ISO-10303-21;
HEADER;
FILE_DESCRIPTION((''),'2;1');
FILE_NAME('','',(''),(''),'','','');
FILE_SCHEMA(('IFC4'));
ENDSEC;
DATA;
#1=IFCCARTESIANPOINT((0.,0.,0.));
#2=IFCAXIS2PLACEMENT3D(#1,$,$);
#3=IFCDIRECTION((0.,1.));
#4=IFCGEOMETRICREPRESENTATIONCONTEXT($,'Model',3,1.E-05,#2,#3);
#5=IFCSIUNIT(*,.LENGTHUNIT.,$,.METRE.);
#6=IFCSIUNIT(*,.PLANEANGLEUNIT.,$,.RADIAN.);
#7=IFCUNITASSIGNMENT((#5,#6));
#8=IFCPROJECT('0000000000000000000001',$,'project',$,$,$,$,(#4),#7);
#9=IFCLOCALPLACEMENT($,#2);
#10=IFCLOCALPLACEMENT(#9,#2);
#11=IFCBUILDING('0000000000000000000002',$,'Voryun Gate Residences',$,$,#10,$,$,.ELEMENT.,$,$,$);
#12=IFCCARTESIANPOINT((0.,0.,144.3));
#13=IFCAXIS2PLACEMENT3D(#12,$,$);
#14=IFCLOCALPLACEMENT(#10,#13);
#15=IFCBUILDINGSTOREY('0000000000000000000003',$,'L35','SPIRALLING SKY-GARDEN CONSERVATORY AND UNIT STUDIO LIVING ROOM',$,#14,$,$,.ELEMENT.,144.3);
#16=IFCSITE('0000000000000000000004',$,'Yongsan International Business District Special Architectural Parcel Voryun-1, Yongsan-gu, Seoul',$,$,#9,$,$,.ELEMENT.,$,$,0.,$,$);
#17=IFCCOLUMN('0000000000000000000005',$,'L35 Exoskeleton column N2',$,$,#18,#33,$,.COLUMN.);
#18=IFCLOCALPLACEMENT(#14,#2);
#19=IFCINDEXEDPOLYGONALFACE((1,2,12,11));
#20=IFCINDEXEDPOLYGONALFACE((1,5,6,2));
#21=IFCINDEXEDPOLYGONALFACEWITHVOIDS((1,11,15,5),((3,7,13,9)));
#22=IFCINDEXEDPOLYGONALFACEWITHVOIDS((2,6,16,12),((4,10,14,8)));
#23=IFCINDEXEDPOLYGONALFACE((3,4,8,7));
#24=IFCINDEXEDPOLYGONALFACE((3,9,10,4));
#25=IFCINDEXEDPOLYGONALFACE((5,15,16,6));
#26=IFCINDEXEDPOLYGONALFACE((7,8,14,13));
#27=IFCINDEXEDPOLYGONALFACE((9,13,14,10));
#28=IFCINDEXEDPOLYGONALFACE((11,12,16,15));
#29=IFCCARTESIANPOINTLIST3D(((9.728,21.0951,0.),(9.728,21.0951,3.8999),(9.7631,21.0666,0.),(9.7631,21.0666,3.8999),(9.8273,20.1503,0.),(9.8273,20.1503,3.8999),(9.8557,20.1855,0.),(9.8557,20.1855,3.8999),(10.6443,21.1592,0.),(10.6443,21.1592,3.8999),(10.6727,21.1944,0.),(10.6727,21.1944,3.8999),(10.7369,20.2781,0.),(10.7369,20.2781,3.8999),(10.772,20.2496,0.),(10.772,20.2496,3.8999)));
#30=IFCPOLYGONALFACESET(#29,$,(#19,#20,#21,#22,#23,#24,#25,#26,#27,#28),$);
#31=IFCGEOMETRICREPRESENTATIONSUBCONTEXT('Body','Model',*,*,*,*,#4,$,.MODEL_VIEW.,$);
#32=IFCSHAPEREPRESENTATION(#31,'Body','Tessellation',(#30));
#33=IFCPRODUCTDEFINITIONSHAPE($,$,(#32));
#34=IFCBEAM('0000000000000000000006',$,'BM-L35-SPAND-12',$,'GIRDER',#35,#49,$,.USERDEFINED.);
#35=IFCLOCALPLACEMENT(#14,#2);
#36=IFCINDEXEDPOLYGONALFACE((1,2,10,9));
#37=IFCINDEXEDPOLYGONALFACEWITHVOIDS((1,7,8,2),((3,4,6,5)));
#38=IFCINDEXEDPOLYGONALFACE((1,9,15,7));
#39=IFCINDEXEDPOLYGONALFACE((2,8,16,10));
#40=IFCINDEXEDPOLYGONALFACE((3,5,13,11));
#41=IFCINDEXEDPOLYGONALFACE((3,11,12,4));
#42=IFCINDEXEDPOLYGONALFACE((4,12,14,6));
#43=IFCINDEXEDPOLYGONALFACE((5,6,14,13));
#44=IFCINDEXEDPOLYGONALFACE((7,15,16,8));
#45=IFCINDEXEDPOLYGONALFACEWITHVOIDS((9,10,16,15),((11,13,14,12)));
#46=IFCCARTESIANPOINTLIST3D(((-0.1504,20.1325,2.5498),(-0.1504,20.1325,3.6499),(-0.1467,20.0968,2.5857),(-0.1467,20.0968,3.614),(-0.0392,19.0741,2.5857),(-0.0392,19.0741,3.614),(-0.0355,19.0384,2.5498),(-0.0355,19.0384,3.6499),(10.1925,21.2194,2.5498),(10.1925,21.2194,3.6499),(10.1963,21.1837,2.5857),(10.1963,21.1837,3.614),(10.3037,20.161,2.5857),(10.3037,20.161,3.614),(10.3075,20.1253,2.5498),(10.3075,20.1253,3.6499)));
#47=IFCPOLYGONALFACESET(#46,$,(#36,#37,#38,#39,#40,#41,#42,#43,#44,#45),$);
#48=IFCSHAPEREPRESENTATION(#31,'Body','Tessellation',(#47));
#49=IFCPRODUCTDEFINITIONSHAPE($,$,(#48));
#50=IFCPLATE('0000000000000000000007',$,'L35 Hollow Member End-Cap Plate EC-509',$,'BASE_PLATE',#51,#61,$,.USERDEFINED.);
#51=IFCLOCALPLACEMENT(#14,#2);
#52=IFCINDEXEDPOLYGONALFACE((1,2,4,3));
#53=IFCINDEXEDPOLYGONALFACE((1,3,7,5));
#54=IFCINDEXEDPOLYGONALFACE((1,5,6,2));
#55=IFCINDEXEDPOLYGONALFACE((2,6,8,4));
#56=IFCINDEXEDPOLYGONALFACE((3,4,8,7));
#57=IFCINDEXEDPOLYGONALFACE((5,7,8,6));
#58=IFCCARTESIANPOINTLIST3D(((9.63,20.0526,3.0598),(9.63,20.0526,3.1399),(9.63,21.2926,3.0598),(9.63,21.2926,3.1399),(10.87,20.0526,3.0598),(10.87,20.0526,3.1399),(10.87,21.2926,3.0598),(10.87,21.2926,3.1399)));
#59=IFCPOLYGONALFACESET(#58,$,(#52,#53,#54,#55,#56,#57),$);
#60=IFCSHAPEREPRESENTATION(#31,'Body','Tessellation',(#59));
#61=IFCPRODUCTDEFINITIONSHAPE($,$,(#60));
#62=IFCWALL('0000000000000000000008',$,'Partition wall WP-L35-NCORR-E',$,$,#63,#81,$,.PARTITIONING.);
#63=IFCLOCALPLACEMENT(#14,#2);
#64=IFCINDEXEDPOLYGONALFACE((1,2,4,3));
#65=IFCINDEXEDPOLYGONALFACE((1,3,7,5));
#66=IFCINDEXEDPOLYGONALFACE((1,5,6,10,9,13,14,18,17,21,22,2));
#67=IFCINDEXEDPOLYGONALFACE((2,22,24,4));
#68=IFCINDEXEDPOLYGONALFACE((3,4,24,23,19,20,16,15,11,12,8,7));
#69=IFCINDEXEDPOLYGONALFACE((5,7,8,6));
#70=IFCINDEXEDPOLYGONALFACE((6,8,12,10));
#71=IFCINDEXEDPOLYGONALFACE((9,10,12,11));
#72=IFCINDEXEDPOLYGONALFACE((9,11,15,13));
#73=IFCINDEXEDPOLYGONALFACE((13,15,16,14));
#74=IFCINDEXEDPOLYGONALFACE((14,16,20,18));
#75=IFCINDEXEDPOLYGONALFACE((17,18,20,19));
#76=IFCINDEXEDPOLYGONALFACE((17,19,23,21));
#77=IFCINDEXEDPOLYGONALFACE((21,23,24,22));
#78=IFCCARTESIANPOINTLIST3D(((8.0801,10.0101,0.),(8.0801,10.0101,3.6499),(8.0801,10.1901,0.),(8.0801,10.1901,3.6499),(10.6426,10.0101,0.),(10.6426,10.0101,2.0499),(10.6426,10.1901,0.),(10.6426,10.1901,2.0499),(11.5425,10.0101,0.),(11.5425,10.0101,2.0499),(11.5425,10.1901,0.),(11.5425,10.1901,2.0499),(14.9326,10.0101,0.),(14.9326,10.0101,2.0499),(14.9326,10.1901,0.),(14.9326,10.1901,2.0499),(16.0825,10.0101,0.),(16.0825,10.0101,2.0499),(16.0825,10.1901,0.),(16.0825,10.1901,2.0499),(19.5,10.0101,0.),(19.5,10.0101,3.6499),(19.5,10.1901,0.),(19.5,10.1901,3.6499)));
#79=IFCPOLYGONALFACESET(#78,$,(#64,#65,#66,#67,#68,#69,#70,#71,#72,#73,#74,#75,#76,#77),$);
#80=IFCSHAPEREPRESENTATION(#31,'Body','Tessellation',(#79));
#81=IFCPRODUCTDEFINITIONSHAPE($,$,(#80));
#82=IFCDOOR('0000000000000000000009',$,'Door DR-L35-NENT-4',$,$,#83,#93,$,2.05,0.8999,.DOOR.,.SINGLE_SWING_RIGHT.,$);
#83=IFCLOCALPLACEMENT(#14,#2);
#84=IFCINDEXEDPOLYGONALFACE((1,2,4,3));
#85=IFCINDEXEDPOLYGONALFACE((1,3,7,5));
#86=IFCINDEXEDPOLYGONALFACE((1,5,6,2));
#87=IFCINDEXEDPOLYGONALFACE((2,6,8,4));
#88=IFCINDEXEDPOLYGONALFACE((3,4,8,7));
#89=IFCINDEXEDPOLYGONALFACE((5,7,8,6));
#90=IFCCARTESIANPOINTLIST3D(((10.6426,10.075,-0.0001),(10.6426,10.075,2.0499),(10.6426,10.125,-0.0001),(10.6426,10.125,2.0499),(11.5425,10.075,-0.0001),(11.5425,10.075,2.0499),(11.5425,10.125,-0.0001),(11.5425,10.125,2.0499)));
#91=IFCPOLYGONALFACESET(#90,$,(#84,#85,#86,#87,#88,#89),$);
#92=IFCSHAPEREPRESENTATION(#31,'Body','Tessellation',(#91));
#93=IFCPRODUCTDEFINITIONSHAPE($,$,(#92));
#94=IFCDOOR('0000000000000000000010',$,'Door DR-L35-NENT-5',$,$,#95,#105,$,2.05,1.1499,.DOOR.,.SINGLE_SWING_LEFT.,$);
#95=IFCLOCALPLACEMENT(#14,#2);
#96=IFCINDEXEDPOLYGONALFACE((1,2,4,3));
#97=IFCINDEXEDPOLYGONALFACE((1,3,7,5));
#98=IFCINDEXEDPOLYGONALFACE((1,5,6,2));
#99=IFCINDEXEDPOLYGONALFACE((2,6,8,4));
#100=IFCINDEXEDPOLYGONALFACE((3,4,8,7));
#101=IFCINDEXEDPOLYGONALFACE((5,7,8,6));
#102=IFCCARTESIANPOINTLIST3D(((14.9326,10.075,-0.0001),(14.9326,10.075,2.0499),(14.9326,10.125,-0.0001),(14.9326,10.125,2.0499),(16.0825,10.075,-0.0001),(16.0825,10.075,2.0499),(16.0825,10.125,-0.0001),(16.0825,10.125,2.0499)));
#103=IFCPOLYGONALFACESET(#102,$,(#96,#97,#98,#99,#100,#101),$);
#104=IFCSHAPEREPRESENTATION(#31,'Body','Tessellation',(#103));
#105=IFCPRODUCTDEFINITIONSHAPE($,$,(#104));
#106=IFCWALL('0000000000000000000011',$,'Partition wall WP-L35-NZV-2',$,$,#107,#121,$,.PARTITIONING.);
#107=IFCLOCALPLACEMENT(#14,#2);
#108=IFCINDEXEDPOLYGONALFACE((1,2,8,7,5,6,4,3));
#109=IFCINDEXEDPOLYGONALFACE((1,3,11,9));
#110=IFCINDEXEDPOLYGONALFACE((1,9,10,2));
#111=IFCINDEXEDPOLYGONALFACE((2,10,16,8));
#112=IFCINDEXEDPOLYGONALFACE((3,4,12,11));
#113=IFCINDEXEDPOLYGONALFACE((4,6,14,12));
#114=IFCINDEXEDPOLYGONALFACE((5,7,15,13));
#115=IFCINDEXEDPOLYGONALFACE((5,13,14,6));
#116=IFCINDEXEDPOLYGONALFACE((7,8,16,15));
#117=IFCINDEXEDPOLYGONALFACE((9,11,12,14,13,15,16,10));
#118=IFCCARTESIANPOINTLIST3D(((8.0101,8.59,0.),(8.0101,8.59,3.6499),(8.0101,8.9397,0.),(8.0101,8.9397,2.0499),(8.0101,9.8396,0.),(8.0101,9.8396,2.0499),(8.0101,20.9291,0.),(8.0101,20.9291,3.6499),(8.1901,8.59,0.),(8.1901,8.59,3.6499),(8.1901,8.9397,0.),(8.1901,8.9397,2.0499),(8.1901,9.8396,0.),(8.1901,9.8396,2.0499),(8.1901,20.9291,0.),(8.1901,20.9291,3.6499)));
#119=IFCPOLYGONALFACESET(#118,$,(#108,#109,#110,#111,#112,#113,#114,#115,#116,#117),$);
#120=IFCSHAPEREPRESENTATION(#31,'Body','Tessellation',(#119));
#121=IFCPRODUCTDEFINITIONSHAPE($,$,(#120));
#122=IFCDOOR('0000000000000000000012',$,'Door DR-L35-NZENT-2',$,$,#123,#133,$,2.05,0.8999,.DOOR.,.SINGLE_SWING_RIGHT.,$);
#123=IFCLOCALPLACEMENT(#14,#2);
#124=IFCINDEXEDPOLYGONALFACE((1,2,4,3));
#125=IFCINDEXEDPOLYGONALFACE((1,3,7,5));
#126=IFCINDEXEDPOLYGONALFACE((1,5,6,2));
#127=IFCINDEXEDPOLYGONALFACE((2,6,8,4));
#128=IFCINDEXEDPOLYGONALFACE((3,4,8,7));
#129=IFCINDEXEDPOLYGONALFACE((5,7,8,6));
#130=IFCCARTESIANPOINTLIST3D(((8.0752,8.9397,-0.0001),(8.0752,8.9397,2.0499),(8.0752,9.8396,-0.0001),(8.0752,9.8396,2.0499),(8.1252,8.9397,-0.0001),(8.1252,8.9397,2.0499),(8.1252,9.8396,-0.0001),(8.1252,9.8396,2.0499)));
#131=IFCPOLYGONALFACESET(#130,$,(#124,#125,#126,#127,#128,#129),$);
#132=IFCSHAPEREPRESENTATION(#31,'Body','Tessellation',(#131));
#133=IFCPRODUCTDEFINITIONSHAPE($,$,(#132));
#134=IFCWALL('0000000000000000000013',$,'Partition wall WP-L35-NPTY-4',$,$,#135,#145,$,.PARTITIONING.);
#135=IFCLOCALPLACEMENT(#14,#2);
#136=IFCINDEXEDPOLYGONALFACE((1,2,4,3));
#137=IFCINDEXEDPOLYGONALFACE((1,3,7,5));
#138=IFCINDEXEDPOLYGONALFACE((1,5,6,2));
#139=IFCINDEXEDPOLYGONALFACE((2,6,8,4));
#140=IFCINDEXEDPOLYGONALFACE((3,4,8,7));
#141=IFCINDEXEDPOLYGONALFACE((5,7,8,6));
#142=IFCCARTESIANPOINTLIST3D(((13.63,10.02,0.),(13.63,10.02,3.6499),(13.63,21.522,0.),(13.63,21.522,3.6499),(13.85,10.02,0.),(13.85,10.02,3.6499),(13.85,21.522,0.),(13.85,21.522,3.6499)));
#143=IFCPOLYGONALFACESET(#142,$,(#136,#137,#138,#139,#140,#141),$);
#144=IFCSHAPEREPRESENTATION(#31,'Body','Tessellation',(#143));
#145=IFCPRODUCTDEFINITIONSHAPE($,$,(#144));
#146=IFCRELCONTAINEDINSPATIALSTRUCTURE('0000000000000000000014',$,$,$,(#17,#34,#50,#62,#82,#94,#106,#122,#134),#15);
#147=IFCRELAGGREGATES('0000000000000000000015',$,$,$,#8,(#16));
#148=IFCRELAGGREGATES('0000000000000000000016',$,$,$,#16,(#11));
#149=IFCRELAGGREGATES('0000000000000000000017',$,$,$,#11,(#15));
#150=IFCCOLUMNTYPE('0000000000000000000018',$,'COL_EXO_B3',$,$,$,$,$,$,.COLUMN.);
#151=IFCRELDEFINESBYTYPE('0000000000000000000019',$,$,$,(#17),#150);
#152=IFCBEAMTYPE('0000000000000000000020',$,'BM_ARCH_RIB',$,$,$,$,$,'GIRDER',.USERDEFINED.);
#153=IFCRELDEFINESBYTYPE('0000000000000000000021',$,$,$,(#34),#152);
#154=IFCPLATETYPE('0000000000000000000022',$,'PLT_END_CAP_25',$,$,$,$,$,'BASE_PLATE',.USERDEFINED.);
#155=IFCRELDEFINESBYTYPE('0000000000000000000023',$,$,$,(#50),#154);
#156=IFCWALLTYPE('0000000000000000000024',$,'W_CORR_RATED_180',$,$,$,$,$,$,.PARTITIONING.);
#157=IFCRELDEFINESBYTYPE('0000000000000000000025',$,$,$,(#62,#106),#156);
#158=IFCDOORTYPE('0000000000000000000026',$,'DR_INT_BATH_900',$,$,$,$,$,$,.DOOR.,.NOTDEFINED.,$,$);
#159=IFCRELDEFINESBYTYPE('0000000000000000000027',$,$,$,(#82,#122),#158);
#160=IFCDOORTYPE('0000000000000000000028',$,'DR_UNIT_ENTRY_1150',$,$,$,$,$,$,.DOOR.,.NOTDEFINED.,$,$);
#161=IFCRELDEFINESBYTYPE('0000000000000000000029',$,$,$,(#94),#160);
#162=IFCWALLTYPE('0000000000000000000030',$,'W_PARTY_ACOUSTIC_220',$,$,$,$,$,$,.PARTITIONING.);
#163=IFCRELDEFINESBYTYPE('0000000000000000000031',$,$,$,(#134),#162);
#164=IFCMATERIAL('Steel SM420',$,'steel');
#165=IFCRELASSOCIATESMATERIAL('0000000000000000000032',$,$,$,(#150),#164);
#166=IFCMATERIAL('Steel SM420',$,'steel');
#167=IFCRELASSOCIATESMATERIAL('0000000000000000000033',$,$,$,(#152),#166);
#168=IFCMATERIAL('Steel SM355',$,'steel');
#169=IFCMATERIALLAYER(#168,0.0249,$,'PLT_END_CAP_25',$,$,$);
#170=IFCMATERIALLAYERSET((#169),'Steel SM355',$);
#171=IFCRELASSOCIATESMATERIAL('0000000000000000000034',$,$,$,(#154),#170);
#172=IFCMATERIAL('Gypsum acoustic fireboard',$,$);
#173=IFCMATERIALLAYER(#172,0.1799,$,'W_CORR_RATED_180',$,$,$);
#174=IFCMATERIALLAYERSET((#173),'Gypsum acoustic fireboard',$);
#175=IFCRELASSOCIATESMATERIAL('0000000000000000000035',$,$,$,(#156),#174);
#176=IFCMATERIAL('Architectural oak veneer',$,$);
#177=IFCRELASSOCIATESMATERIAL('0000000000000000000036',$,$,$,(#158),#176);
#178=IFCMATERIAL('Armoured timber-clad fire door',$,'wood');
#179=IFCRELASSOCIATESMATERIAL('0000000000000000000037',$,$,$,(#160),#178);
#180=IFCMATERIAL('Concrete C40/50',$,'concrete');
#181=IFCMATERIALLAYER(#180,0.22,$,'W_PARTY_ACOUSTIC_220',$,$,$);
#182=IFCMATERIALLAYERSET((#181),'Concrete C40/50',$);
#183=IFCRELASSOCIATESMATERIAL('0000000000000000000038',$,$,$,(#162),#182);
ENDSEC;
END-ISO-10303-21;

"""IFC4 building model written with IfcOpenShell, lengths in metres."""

from ifc_helpers import new_model, si_unit, direction, frame, frame_2d, origin, origin_2d, place, context, subcontext, project, spatial, rectangle, hollow_rectangle, extrude, material, layer, layer_set, material_profile, profile_set, type_object, element, fill, save


model = new_model("IFC4")

# Units and contexts
model_context = context("Model", 3, precision=1e-05, world=origin(), true_north=direction((0.0, 1.0)))
body_context = subcontext(model_context, "Body", "Model", "MODEL_VIEW")
ifc_project = project(units=[si_unit("LENGTHUNIT", "METRE"), si_unit("PLANEANGLEUNIT", "RADIAN")], contexts=[model_context])

# Site, building, storey
site_placement = place(None, origin())
site = spatial("IfcSite", under=ifc_project, at=site_placement, Name="Yongsan International Business District Special Architectural Parcel Voryun-1, Yongsan-gu, Seoul", CompositionType="ELEMENT", RefElevation=0.0)
building_placement = place(site_placement, origin())
building = spatial("IfcBuilding", under=site, at=building_placement, Name="Voryun Gate Residences", CompositionType="ELEMENT")
storey_placement = place(building_placement, frame((0.0, 0.0, 144.3)))
storey = spatial("IfcBuildingStorey", under=building, at=storey_placement, Name="L35", Description="SPIRALLING SKY-GARDEN CONSERVATORY AND UNIT STUDIO LIVING ROOM", CompositionType="ELEMENT", Elevation=144.3)

# Column
ifc_material_1 = material(Name="Steel SM420", Category="steel")
ifc_material_profile_1 = material_profile(ifc_material_1, hollow_rectangle(XDim=0.95, YDim=0.95, WallThickness=0.032, at=origin_2d()), Name="BOX-950x950x32")
ifc_profile_set_1 = profile_set([ifc_material_profile_1], Name="Steel SM420")
column_type = type_object("IfcColumnType", Name="COL_EXO_B3", PredefinedType="COLUMN", material=ifc_profile_set_1)
column_placement = place(storey_placement, frame((10.25, 20.6724, 0.0), z_axis=(0.0, 0.0, 1.0), x_axis=(0.994522, 0.104528, 0.0)))
element("IfcColumn", 1, at=column_placement, inside=storey, type_object=column_type, Name="L35 Exoskeleton column N2", PredefinedType="COLUMN", context=body_context, shape_type="SweptSolid", body=[
    extrude(hollow_rectangle(XDim=0.95, YDim=0.95, WallThickness=0.032, at=origin_2d()), origin(), (0.0, 0.0, 1.0), 3.8999),
])

# Beam
ifc_material_2 = material(Name="Steel SM420", Category="steel")
ifc_material_profile_2 = material_profile(ifc_material_2, hollow_rectangle(XDim=1.1001, YDim=1.1001, WallThickness=0.0359, at=origin_2d()), Name="BOX-1100x1100x36")
ifc_profile_set_2 = profile_set([ifc_material_profile_2], Name="Steel SM420")
beam_type = type_object("IfcBeamType", Name="BM_ARCH_RIB", ElementType="GIRDER", PredefinedType="USERDEFINED", material=ifc_profile_set_2)
beam_placement = place(storey_placement, frame((10.25, 20.6724, 3.0999), z_axis=(-0.994524, -0.104511, 0.0), x_axis=(0.104511, -0.994524, 0.0)))
element("IfcBeam", 2, at=beam_placement, inside=storey, type_object=beam_type, Name="BM-L35-SPAND-12", ObjectType="GIRDER", PredefinedType="USERDEFINED", context=body_context, shape_type="SweptSolid", body=[
    extrude(hollow_rectangle(XDim=1.1001, YDim=1.1001, WallThickness=0.0359, at=origin_2d()), origin(), (0.0, 0.0, 1.0), 10.3999),
])

# Plate
ifc_material_3 = material(Name="Steel SM355", Category="steel")
ifc_layer_1 = layer(ifc_material_3, 0.0249, Name="PLT_END_CAP_25")
ifc_layer_set_1 = layer_set([ifc_layer_1], Name="Steel SM355")
plate_type = type_object("IfcPlateType", Name="PLT_END_CAP_25", ElementType="BASE_PLATE", PredefinedType="USERDEFINED", material=ifc_layer_set_1)
plate_placement = place(storey_placement, frame((10.25, 20.6726, 3.0598), z_axis=(0.0, 0.0, 1.0), x_axis=(1.0, 0.0, 0.0)))
element("IfcPlate", 3, at=plate_placement, inside=storey, type_object=plate_type, Name="L35 Hollow Member End-Cap Plate EC-509", ObjectType="BASE_PLATE", PredefinedType="USERDEFINED", context=body_context, shape_type="SweptSolid", body=[
    extrude(rectangle(XDim=1.24, YDim=1.24, at=origin_2d()), origin(), (0.0, 0.0, 1.0), 0.0801),
])

# Wall, openings, doors
ifc_material_4 = material(Name="Gypsum acoustic fireboard")
ifc_layer_2 = layer(ifc_material_4, 0.1799, Name="W_CORR_RATED_180")
ifc_layer_set_2 = layer_set([ifc_layer_2], Name="Gypsum acoustic fireboard")
wall_type_1 = type_object("IfcWallType", Name="W_CORR_RATED_180", PredefinedType="PARTITIONING", material=ifc_layer_set_2)
wall_1_placement = place(storey_placement, frame((8.0801, 10.1001, 0.0), z_axis=(0.0, 0.0, 1.0), x_axis=(1.0, 0.0, 0.0)))
wall_1 = element("IfcWall", 4, at=wall_1_placement, inside=storey, type_object=wall_type_1, Name="Partition wall WP-L35-NCORR-E", PredefinedType="PARTITIONING", context=body_context, shape_type="SweptSolid", body=[
    extrude(rectangle(XDim=11.4199, YDim=0.1799, at=frame_2d((5.71, 0.0))), origin(), (0.0, 0.0, 1.0), 3.6499),
])
opening_1_placement = place(wall_1_placement, frame((2.5625, 0.0, 0.0)))
opening_1 = element("IfcOpeningElement", 5, at=opening_1_placement, cuts=wall_1, PredefinedType="OPENING", context=body_context, shape_type="SweptSolid", body=[
    extrude(rectangle(XDim=0.8999, YDim=2.05, at=frame_2d((0.45, 1.0249))), frame((0.0, 0.0999, 0.0), z_axis=(0.0, -1.0, 0.0), x_axis=(1.0, 0.0, 0.0)), (0.0, 0.0, 1.0), 0.2),
])
opening_2_placement = place(wall_1_placement, frame((6.8525, 0.0, 0.0)))
opening_2 = element("IfcOpeningElement", 6, at=opening_2_placement, cuts=wall_1, PredefinedType="OPENING", context=body_context, shape_type="SweptSolid", body=[
    extrude(rectangle(XDim=1.1499, YDim=2.05, at=frame_2d((0.575, 1.0249))), frame((0.0, 0.0999, 0.0), z_axis=(0.0, -1.0, 0.0), x_axis=(1.0, 0.0, 0.0)), (0.0, 0.0, 1.0), 0.2),
])
ifc_material_5 = material(Name="Architectural oak veneer")
door_type_1 = type_object("IfcDoorType", Name="DR_INT_BATH_900", OperationType="NOTDEFINED", PredefinedType="DOOR", material=ifc_material_5)
door_1_placement = place(opening_1_placement, origin())
door_1 = element("IfcDoor", 7, at=door_1_placement, inside=storey, type_object=door_type_1, Name="Door DR-L35-NENT-4", OperationType="SINGLE_SWING_RIGHT", OverallHeight=2.05, OverallWidth=0.8999, PredefinedType="DOOR", context=body_context, shape_type="SweptSolid", body=[
    extrude(rectangle(XDim=0.8999, YDim=2.05, at=frame_2d((0.45, 1.0249))), frame((0.0, 0.0249, 0.0), z_axis=(0.0, -1.0, 0.0), x_axis=(1.0, 0.0, 0.0)), (0.0, 0.0, 1.0), 0.05),
])
fill(opening_1, door_1)
ifc_material_6 = material(Name="Armoured timber-clad fire door", Category="wood")
door_type_2 = type_object("IfcDoorType", Name="DR_UNIT_ENTRY_1150", OperationType="NOTDEFINED", PredefinedType="DOOR", material=ifc_material_6)
door_2_placement = place(opening_2_placement, origin())
door_2 = element("IfcDoor", 8, at=door_2_placement, inside=storey, type_object=door_type_2, Name="Door DR-L35-NENT-5", OperationType="SINGLE_SWING_LEFT", OverallHeight=2.05, OverallWidth=1.1499, PredefinedType="DOOR", context=body_context, shape_type="SweptSolid", body=[
    extrude(rectangle(XDim=1.1499, YDim=2.05, at=frame_2d((0.575, 1.0249))), frame((0.0, 0.0249, 0.0), z_axis=(0.0, -1.0, 0.0), x_axis=(1.0, 0.0, 0.0)), (0.0, 0.0, 1.0), 0.05),
])
fill(opening_2, door_2)

# Wall, opening, door
wall_2_placement = place(storey_placement, frame((8.1001, 8.5901, 0.0), z_axis=(0.0, 0.0, 1.0), x_axis=(0.0, 1.0, 0.0)))
wall_2 = element("IfcWall", 9, at=wall_2_placement, inside=storey, type_object=wall_type_1, Name="Partition wall WP-L35-NZV-2", PredefinedType="PARTITIONING", context=body_context, shape_type="SweptSolid", body=[
    extrude(rectangle(XDim=12.3391, YDim=0.1799, at=frame_2d((6.1694, 0.0))), origin(), (0.0, 0.0, 1.0), 3.6499),
])
opening_3_placement = place(wall_2_placement, frame((0.3496, 0.0, 0.0)))
opening_3 = element("IfcOpeningElement", 10, at=opening_3_placement, cuts=wall_2, PredefinedType="OPENING", context=body_context, shape_type="SweptSolid", body=[
    extrude(rectangle(XDim=0.8999, YDim=2.05, at=frame_2d((0.45, 1.0249))), frame((0.0, 0.0999, 0.0), z_axis=(0.0, -1.0, 0.0), x_axis=(1.0, 0.0, 0.0)), (0.0, 0.0, 1.0), 0.2),
])
door_3_placement = place(opening_3_placement, origin())
door_3 = element("IfcDoor", 11, at=door_3_placement, inside=storey, type_object=door_type_1, Name="Door DR-L35-NZENT-2", OperationType="SINGLE_SWING_RIGHT", OverallHeight=2.05, OverallWidth=0.8999, PredefinedType="DOOR", context=body_context, shape_type="SweptSolid", body=[
    extrude(rectangle(XDim=0.8999, YDim=2.05, at=frame_2d((0.45, 1.0249))), frame((0.0, 0.0249, 0.0), z_axis=(0.0, -1.0, 0.0), x_axis=(1.0, 0.0, 0.0)), (0.0, 0.0, 1.0), 0.05),
])
fill(opening_3, door_3)

# Wall
ifc_material_7 = material(Name="Concrete C40/50", Category="concrete")
ifc_layer_3 = layer(ifc_material_7, 0.22, Name="W_PARTY_ACOUSTIC_220")
ifc_layer_set_3 = layer_set([ifc_layer_3], Name="Concrete C40/50")
wall_type_2 = type_object("IfcWallType", Name="W_PARTY_ACOUSTIC_220", PredefinedType="PARTITIONING", material=ifc_layer_set_3)
wall_3_placement = place(storey_placement, frame((13.74, 10.02, 0.0), z_axis=(0.0, 0.0, 1.0), x_axis=(0.0, 1.0, 0.0)))
element("IfcWall", 12, at=wall_3_placement, inside=storey, type_object=wall_type_2, Name="Partition wall WP-L35-NPTY-4", PredefinedType="PARTITIONING", context=body_context, shape_type="SweptSolid", body=[
    extrude(rectangle(XDim=11.502, YDim=0.22, at=frame_2d((5.751, 0.0))), origin(), (0.0, 0.0, 1.0), 3.6499),
])

save(model, "model.ifc")
